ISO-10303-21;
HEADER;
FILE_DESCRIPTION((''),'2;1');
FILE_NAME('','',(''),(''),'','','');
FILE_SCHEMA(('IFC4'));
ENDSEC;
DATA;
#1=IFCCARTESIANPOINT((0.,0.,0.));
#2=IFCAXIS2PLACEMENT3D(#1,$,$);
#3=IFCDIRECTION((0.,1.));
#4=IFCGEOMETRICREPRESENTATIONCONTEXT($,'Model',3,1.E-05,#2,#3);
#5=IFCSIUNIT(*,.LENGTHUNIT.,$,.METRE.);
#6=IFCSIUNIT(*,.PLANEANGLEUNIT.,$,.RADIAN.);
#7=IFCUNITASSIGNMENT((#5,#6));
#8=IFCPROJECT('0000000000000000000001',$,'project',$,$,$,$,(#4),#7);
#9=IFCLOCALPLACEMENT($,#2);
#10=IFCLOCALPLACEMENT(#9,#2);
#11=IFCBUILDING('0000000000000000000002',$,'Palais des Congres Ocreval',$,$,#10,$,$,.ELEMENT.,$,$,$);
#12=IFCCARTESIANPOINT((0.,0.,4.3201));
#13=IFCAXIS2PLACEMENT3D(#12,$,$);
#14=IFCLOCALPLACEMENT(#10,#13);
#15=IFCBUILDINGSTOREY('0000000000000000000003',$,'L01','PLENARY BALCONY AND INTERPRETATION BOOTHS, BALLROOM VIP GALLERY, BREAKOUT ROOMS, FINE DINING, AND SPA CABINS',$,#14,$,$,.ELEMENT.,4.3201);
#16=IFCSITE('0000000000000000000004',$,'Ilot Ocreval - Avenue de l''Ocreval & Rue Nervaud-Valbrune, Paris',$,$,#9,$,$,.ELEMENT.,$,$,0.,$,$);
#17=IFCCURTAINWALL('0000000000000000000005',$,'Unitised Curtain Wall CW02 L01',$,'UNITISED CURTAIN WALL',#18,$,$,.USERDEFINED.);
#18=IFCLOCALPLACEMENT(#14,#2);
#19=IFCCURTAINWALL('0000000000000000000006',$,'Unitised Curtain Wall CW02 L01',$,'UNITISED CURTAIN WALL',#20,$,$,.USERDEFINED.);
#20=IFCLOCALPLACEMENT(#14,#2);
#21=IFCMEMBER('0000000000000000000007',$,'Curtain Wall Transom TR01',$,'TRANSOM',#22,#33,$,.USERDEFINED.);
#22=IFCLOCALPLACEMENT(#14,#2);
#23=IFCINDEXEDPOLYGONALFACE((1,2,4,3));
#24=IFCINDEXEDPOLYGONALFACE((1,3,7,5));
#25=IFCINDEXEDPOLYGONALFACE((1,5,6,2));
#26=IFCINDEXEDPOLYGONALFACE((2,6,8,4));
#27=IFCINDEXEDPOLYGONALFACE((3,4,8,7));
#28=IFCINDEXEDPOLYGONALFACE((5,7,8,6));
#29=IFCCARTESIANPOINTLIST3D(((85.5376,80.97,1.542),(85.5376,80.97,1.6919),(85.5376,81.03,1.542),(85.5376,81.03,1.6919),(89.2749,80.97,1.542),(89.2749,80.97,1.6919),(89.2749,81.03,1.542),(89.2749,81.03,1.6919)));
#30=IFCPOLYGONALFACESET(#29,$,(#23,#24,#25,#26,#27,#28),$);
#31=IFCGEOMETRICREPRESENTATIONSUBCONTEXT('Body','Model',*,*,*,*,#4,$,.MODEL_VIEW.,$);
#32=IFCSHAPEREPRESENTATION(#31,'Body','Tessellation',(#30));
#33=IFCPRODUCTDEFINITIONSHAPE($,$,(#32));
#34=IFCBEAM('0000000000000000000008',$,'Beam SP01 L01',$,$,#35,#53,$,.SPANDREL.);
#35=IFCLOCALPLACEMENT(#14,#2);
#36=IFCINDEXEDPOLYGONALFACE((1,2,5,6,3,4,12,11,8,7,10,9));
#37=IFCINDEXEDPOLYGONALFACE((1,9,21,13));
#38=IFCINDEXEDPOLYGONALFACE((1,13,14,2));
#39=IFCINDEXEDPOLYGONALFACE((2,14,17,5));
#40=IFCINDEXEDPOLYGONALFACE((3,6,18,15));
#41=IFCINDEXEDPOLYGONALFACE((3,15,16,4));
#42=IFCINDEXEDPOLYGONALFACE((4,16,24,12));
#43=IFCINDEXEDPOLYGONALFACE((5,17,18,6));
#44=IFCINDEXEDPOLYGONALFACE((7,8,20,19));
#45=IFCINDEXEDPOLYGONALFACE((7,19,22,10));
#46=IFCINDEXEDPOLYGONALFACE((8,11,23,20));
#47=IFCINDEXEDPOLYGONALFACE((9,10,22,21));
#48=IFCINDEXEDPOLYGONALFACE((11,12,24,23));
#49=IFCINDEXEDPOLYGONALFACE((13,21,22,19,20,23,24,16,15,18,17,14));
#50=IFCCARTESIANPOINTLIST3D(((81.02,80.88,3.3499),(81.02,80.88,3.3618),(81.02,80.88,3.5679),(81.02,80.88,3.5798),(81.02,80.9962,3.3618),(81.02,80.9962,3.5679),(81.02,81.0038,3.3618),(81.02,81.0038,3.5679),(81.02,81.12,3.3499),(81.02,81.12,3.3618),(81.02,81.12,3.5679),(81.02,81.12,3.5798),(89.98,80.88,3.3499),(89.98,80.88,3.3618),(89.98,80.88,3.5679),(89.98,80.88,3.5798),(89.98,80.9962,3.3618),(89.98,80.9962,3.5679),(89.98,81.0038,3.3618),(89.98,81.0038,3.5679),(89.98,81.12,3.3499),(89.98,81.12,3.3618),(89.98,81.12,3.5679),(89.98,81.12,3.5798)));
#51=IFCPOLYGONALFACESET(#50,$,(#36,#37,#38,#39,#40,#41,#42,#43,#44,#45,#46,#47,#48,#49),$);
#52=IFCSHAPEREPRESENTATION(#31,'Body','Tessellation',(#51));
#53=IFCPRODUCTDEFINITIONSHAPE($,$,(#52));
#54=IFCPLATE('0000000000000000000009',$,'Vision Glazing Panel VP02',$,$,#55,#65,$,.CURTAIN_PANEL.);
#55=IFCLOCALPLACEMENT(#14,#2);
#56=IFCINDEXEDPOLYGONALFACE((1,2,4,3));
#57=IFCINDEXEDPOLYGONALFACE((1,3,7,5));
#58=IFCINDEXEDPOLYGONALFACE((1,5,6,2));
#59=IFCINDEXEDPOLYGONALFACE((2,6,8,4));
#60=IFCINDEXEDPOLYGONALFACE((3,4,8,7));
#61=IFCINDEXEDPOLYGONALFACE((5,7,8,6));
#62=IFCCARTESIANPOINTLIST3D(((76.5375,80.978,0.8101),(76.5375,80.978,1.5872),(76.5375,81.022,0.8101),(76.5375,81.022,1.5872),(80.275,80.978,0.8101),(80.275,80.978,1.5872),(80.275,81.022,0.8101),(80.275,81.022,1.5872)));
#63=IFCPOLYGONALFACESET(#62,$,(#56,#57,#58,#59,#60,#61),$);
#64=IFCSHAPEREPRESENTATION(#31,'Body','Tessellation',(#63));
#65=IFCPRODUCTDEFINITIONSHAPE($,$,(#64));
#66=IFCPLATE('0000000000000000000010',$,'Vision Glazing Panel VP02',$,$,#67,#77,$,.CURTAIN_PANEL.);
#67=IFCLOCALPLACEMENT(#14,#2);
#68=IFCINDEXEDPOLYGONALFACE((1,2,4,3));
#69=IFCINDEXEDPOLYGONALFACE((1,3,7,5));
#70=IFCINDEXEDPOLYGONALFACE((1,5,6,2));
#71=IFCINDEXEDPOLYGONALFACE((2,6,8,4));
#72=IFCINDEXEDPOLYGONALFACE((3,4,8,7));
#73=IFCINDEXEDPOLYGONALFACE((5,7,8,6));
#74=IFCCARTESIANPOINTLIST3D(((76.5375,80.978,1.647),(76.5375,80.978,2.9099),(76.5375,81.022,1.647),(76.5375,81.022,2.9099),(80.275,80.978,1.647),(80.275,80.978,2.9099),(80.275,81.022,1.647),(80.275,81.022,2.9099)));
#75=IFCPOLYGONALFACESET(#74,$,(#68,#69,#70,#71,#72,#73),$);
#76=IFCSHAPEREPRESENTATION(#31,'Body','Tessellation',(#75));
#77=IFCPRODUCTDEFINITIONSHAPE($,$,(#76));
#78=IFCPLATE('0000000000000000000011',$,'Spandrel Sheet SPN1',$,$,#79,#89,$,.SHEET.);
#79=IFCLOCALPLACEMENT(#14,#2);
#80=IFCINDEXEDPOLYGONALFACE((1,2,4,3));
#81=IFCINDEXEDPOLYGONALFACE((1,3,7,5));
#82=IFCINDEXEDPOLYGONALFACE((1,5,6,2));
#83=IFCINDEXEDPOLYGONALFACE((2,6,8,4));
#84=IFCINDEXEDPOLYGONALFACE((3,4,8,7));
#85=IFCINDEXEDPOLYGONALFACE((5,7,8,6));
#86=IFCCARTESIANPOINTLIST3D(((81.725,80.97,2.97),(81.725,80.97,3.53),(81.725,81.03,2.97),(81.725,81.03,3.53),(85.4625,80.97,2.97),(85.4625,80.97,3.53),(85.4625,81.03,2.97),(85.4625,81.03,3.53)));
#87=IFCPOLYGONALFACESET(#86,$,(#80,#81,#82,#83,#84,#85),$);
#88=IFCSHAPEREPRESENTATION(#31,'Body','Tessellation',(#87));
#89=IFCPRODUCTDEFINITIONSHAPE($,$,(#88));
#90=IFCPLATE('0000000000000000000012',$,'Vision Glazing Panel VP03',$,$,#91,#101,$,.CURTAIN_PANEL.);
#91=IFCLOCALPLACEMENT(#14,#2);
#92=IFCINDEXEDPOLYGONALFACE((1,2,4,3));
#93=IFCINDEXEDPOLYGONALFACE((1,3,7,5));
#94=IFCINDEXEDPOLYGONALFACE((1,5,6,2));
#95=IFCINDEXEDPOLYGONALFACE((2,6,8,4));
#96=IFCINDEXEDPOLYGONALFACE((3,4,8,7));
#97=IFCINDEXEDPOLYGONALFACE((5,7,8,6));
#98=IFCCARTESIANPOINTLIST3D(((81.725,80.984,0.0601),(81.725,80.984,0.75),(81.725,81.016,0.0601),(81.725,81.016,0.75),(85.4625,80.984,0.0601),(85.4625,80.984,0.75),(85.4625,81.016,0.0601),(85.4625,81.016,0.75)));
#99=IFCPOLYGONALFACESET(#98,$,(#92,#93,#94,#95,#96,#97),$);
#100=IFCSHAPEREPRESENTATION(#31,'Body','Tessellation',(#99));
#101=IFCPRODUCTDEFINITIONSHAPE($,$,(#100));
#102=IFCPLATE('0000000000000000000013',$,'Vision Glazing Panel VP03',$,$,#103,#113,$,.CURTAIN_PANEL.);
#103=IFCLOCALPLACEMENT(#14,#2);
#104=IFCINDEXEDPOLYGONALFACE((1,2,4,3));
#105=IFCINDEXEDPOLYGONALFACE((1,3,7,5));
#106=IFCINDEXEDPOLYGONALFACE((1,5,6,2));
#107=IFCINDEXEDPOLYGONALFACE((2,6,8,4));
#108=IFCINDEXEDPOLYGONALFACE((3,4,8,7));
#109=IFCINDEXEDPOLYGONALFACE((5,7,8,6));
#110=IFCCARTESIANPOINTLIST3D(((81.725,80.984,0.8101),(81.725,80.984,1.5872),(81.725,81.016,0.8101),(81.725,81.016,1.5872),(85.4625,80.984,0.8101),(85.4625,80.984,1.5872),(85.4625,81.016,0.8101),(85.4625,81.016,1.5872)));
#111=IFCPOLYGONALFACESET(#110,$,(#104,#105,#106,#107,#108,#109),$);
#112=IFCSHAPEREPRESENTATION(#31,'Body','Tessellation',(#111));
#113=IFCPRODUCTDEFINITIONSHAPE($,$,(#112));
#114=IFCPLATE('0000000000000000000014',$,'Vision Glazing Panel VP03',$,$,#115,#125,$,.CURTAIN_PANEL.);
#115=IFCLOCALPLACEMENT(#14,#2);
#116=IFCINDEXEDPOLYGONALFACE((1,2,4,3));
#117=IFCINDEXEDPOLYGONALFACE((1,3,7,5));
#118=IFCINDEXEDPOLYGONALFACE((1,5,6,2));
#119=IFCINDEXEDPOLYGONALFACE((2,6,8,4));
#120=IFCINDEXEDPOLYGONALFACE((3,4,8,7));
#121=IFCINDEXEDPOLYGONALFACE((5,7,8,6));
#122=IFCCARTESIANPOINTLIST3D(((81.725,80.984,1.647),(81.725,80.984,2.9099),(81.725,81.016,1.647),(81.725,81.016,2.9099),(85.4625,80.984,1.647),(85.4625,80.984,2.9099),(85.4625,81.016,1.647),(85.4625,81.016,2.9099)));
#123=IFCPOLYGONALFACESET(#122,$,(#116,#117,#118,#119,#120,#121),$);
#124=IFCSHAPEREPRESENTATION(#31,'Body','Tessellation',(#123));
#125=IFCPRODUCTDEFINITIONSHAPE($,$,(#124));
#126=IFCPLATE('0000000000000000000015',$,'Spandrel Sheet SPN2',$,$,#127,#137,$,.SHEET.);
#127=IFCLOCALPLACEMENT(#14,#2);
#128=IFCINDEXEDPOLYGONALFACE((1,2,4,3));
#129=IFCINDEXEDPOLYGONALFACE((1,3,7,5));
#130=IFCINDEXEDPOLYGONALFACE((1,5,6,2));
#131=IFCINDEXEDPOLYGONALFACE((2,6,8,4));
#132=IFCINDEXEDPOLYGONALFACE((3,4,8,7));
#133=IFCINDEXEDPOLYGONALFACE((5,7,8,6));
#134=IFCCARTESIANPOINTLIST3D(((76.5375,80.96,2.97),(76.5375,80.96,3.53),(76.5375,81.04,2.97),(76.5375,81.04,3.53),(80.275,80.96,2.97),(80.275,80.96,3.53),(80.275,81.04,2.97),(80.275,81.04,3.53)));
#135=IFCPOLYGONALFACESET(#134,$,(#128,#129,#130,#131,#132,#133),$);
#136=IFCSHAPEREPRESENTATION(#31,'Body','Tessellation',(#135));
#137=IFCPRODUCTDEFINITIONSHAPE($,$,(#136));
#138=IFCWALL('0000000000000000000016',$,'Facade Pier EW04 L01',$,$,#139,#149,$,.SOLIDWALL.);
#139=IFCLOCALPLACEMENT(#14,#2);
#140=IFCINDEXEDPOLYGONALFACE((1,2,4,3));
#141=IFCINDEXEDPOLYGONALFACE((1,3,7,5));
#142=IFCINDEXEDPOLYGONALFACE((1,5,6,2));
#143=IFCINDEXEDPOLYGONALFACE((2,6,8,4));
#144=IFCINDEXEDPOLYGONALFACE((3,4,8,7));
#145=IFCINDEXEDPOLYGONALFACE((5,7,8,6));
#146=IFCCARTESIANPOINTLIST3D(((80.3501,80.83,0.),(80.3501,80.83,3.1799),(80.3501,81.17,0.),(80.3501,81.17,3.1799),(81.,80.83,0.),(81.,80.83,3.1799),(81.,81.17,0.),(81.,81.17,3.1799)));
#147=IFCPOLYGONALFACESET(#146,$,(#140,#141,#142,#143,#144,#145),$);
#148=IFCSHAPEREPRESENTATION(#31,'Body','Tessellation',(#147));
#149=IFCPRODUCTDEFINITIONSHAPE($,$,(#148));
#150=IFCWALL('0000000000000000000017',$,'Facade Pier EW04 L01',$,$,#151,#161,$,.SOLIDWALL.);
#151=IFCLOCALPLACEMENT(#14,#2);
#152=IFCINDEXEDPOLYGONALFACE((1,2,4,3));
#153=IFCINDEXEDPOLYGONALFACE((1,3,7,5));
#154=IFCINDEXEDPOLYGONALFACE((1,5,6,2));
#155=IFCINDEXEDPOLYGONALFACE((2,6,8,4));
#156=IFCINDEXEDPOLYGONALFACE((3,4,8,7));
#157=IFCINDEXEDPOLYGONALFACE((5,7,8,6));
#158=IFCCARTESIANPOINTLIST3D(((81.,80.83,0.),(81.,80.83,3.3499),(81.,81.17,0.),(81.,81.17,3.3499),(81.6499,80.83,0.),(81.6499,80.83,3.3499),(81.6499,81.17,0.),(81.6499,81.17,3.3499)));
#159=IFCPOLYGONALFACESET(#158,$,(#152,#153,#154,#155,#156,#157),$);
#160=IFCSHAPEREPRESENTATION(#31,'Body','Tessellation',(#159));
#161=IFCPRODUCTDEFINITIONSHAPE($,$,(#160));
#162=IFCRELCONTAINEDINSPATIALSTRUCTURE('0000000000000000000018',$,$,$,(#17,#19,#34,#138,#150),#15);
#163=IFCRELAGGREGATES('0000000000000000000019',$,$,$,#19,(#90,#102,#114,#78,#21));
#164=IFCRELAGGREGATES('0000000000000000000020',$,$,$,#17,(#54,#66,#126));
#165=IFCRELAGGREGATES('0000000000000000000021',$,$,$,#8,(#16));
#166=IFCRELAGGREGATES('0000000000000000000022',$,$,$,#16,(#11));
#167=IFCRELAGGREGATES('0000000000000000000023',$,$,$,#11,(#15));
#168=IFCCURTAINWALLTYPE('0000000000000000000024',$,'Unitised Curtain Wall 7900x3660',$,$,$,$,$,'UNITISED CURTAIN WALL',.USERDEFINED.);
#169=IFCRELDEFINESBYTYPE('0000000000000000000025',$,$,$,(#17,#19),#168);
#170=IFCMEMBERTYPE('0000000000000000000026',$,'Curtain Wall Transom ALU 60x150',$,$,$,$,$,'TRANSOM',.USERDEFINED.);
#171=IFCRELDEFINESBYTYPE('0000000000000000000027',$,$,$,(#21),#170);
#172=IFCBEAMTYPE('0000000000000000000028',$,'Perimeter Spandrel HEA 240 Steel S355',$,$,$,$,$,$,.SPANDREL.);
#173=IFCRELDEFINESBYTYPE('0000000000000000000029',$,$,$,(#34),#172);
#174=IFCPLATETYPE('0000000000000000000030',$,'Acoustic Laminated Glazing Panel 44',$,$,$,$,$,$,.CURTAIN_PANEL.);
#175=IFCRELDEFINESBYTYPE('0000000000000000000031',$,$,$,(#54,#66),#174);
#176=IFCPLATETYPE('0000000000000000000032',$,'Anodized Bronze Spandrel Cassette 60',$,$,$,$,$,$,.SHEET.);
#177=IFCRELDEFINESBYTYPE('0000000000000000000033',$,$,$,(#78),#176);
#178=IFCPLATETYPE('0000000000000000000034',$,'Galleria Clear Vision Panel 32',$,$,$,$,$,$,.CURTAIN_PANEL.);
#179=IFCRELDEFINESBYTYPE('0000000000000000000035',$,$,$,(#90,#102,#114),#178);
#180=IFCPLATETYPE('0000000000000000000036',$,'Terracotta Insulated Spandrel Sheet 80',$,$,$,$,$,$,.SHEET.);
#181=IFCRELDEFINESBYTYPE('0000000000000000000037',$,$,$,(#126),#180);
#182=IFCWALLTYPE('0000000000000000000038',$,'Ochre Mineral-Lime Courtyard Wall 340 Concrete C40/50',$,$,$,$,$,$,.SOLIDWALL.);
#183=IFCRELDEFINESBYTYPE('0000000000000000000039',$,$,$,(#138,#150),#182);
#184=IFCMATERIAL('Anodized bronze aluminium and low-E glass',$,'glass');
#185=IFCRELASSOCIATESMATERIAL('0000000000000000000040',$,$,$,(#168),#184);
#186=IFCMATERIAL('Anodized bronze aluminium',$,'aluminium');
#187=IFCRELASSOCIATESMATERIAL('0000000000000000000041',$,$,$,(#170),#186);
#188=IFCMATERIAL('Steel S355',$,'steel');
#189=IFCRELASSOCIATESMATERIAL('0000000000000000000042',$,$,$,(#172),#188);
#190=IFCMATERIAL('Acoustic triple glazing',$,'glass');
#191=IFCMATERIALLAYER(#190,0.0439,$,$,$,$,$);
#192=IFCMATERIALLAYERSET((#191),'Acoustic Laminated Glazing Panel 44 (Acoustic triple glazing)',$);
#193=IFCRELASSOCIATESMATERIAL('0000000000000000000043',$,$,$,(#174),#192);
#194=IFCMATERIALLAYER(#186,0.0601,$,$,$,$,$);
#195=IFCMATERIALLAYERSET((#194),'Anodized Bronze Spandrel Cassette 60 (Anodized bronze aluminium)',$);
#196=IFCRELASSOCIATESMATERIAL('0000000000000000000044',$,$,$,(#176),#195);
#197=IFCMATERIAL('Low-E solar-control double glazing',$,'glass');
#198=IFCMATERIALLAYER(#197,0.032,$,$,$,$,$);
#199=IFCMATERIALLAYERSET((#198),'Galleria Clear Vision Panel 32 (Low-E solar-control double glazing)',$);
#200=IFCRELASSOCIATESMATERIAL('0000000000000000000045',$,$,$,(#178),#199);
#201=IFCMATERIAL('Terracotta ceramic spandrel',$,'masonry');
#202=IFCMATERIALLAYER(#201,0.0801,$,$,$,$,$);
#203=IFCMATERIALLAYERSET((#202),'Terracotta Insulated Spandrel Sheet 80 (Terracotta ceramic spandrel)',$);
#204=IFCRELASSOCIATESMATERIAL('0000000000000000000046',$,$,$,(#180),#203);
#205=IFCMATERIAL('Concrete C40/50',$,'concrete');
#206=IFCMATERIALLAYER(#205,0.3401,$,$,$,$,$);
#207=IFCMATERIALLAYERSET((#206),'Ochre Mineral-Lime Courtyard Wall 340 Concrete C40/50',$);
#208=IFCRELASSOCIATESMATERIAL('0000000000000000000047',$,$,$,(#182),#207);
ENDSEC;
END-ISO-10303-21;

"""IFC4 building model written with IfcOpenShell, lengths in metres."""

from ifc_helpers import new_model, si_unit, direction, frame, frame_2d, origin, origin_2d, place, context, subcontext, project, spatial, rectangle, i_section, extrude, material, layer, layer_set, material_profile, profile_set, type_object, element, aggregate, save


model = new_model("IFC4")

# Units and contexts
model_context = context("Model", 3, precision=1e-05, world=origin(), true_north=direction((0.0, 1.0)))
body_context = subcontext(model_context, "Body", "Model", "MODEL_VIEW")
ifc_project = project(units=[si_unit("LENGTHUNIT", "METRE"), si_unit("PLANEANGLEUNIT", "RADIAN")], contexts=[model_context])

# Site, building, storey
site_placement = place(None, origin())
site = spatial("IfcSite", under=ifc_project, at=site_placement, Name="Ilot Ocreval - Avenue de l'Ocreval & Rue Nervaud-Valbrune, Paris", CompositionType="ELEMENT", RefElevation=0.0)
building_placement = place(site_placement, origin())
building = spatial("IfcBuilding", under=site, at=building_placement, Name="Palais des Congres Ocreval", CompositionType="ELEMENT")
storey_placement = place(building_placement, frame((0.0, 0.0, 4.3201)))
storey = spatial("IfcBuildingStorey", under=building, at=storey_placement, Name="L01", Description="PLENARY BALCONY AND INTERPRETATION BOOTHS, BALLROOM VIP GALLERY, BREAKOUT ROOMS, FINE DINING, AND SPA CABINS", CompositionType="ELEMENT", Elevation=4.3201)

# Shared definitions
ifc_material_1 = material(Name="Steel S355", Category="steel")

# Curtain wall
ifc_material_2 = material(Name="Anodized bronze aluminium and low-E glass", Category="glass")
curtain_wall_type = type_object("IfcCurtainWallType", Name="Unitised Curtain Wall 7900x3660", ElementType="UNITISED CURTAIN WALL", PredefinedType="USERDEFINED", material=ifc_material_2)
curtain_wall_1_placement = place(storey_placement, origin())
curtain_wall_1 = element("IfcCurtainWall", 1, at=curtain_wall_1_placement, inside=storey, type_object=curtain_wall_type, Name="Unitised Curtain Wall CW02 L01", ObjectType="UNITISED CURTAIN WALL", PredefinedType="USERDEFINED")
ifc_material_3 = material(Name="Anodized bronze aluminium", Category="aluminium")

# Curtain wall, member
curtain_wall_2_placement = place(storey_placement, origin())
curtain_wall_2 = element("IfcCurtainWall", 2, at=curtain_wall_2_placement, inside=storey, type_object=curtain_wall_type, Name="Unitised Curtain Wall CW02 L01", ObjectType="UNITISED CURTAIN WALL", PredefinedType="USERDEFINED")
ifc_material_profile_1 = material_profile(ifc_material_3, rectangle(XDim=0.0601, YDim=0.1499, at=origin_2d()), Name="ALU 60x150")
ifc_profile_set_1 = profile_set([ifc_material_profile_1], Name="Anodized bronze aluminium")
member_type_1 = type_object("IfcMemberType", Name="Curtain Wall Transom ALU 60x150", ElementType="TRANSOM", PredefinedType="USERDEFINED", material=ifc_profile_set_1)
member_1_placement = place(storey_placement, frame((85.5376, 81.0, 1.6169), z_axis=(1.0, 0.0, 0.0), x_axis=(0.0, 1.0, 0.0)))
member_1 = element("IfcMember", 3, at=member_1_placement, type_object=member_type_1, Name="Curtain Wall Transom TR01", ObjectType="TRANSOM", PredefinedType="USERDEFINED", context=body_context, shape_type="SweptSolid", body=[
    extrude(rectangle(XDim=0.0601, YDim=0.1499, at=origin_2d()), origin(), (0.0, 0.0, 1.0), 3.7373),
])

# Beam
ifc_material_profile_2 = material_profile(ifc_material_1, i_section(OverallWidth=0.24, OverallDepth=0.23, WebThickness=0.0076, FlangeThickness=0.012, at=origin_2d()), Name="HEA 240")
ifc_profile_set_2 = profile_set([ifc_material_profile_2], Name="Steel S355")
beam_type = type_object("IfcBeamType", Name="Perimeter Spandrel HEA 240 Steel S355", PredefinedType="SPANDREL", material=ifc_profile_set_2)
beam_placement = place(storey_placement, frame((81.02, 81.0, 3.4648), z_axis=(1.0, 0.0, 0.0), x_axis=(0.0, 1.0, 0.0)))
element("IfcBeam", 4, at=beam_placement, inside=storey, type_object=beam_type, Name="Beam SP01 L01", PredefinedType="SPANDREL", context=body_context, shape_type="SweptSolid", body=[
    extrude(i_section(OverallWidth=0.24, OverallDepth=0.23, WebThickness=0.0076, FlangeThickness=0.012, at=origin_2d()), origin(), (0.0, 0.0, 1.0), 8.96),
])

# Plates
ifc_material_4 = material(Name="Acoustic triple glazing", Category="glass")
ifc_layer_1 = layer(ifc_material_4, 0.0439)
ifc_layer_set_1 = layer_set([ifc_layer_1], Name="Acoustic Laminated Glazing Panel 44 (Acoustic triple glazing)")
plate_type_1 = type_object("IfcPlateType", Name="Acoustic Laminated Glazing Panel 44", PredefinedType="CURTAIN_PANEL", material=ifc_layer_set_1)
plate_1_placement = place(storey_placement, frame((78.4062, 81.0, 0.8101), z_axis=(0.0, 0.0, 1.0), x_axis=(1.0, 0.0, 0.0)))
plate_1 = element("IfcPlate", 5, at=plate_1_placement, type_object=plate_type_1, Name="Vision Glazing Panel VP02", PredefinedType="CURTAIN_PANEL", context=body_context, shape_type="SweptSolid", body=[
    extrude(rectangle(XDim=3.7375, YDim=0.0439, at=origin_2d()), origin(), (0.0, 0.0, 1.0), 0.7771),
])
plate_2_placement = place(storey_placement, frame((78.4062, 81.0, 1.647), z_axis=(0.0, 0.0, 1.0), x_axis=(1.0, 0.0, 0.0)))
plate_2 = element("IfcPlate", 6, at=plate_2_placement, type_object=plate_type_1, Name="Vision Glazing Panel VP02", PredefinedType="CURTAIN_PANEL", context=body_context, shape_type="SweptSolid", body=[
    extrude(rectangle(XDim=3.7375, YDim=0.0439, at=origin_2d()), origin(), (0.0, 0.0, 1.0), 1.2629),
])
ifc_layer_2 = layer(ifc_material_3, 0.0601)
ifc_layer_set_2 = layer_set([ifc_layer_2], Name="Anodized Bronze Spandrel Cassette 60 (Anodized bronze aluminium)")
plate_type_2 = type_object("IfcPlateType", Name="Anodized Bronze Spandrel Cassette 60", PredefinedType="SHEET", material=ifc_layer_set_2)
plate_3_placement = place(storey_placement, frame((83.5938, 81.0, 2.97), z_axis=(0.0, 0.0, 1.0), x_axis=(1.0, 0.0, 0.0)))
plate_3 = element("IfcPlate", 7, at=plate_3_placement, type_object=plate_type_2, Name="Spandrel Sheet SPN1", PredefinedType="SHEET", context=body_context, shape_type="SweptSolid", body=[
    extrude(rectangle(XDim=3.7375, YDim=0.0601, at=origin_2d()), origin(), (0.0, 0.0, 1.0), 0.5601),
])
ifc_material_5 = material(Name="Low-E solar-control double glazing", Category="glass")
ifc_layer_3 = layer(ifc_material_5, 0.032)
ifc_layer_set_3 = layer_set([ifc_layer_3], Name="Galleria Clear Vision Panel 32 (Low-E solar-control double glazing)")
plate_type_3 = type_object("IfcPlateType", Name="Galleria Clear Vision Panel 32", PredefinedType="CURTAIN_PANEL", material=ifc_layer_set_3)
plate_4_placement = place(storey_placement, frame((83.5938, 81.0, 0.0601), z_axis=(0.0, 0.0, 1.0), x_axis=(1.0, 0.0, 0.0)))
plate_4 = element("IfcPlate", 8, at=plate_4_placement, type_object=plate_type_3, Name="Vision Glazing Panel VP03", PredefinedType="CURTAIN_PANEL", context=body_context, shape_type="SweptSolid", body=[
    extrude(rectangle(XDim=3.7375, YDim=0.032, at=origin_2d()), origin(), (0.0, 0.0, 1.0), 0.6899),
])
plate_5_placement = place(storey_placement, frame((83.5938, 81.0, 0.8101), z_axis=(0.0, 0.0, 1.0), x_axis=(1.0, 0.0, 0.0)))
plate_5 = element("IfcPlate", 9, at=plate_5_placement, type_object=plate_type_3, Name="Vision Glazing Panel VP03", PredefinedType="CURTAIN_PANEL", context=body_context, shape_type="SweptSolid", body=[
    extrude(rectangle(XDim=3.7375, YDim=0.032, at=origin_2d()), origin(), (0.0, 0.0, 1.0), 0.7771),
])
plate_6_placement = place(storey_placement, frame((83.5938, 81.0, 1.647), z_axis=(0.0, 0.0, 1.0), x_axis=(1.0, 0.0, 0.0)))
plate_6 = element("IfcPlate", 10, at=plate_6_placement, type_object=plate_type_3, Name="Vision Glazing Panel VP03", PredefinedType="CURTAIN_PANEL", context=body_context, shape_type="SweptSolid", body=[
    extrude(rectangle(XDim=3.7375, YDim=0.032, at=origin_2d()), origin(), (0.0, 0.0, 1.0), 1.2629),
])
aggregate(curtain_wall_2, [plate_4, plate_5, plate_6, plate_3, member_1])
ifc_material_6 = material(Name="Terracotta ceramic spandrel", Category="masonry")
ifc_layer_4 = layer(ifc_material_6, 0.0801)
ifc_layer_set_4 = layer_set([ifc_layer_4], Name="Terracotta Insulated Spandrel Sheet 80 (Terracotta ceramic spandrel)")
plate_type_4 = type_object("IfcPlateType", Name="Terracotta Insulated Spandrel Sheet 80", PredefinedType="SHEET", material=ifc_layer_set_4)
plate_7_placement = place(storey_placement, frame((78.4062, 81.0, 2.97), z_axis=(0.0, 0.0, 1.0), x_axis=(1.0, 0.0, 0.0)))
plate_7 = element("IfcPlate", 11, at=plate_7_placement, type_object=plate_type_4, Name="Spandrel Sheet SPN2", PredefinedType="SHEET", context=body_context, shape_type="SweptSolid", body=[
    extrude(rectangle(XDim=3.7375, YDim=0.0801, at=origin_2d()), origin(), (0.0, 0.0, 1.0), 0.5601),
])
aggregate(curtain_wall_1, [plate_1, plate_2, plate_7])

# Walls
ifc_material_7 = material(Name="Concrete C40/50", Category="concrete")
ifc_layer_5 = layer(ifc_material_7, 0.3401)
ifc_layer_set_5 = layer_set([ifc_layer_5], Name="Ochre Mineral-Lime Courtyard Wall 340 Concrete C40/50")
wall_type = type_object("IfcWallType", Name="Ochre Mineral-Lime Courtyard Wall 340 Concrete C40/50", PredefinedType="SOLIDWALL", material=ifc_layer_set_5)
wall_1_placement = place(storey_placement, frame((80.3501, 81.0, 0.0), z_axis=(0.0, 0.0, 1.0), x_axis=(1.0, 0.0, 0.0)))
element("IfcWall", 12, at=wall_1_placement, inside=storey, type_object=wall_type, Name="Facade Pier EW04 L01", PredefinedType="SOLIDWALL", context=body_context, shape_type="SweptSolid", body=[
    extrude(rectangle(XDim=0.6499, YDim=0.3401, at=frame_2d((0.325, 0.0))), origin(), (0.0, 0.0, 1.0), 3.1799),
])
wall_2_placement = place(storey_placement, frame((81.0, 81.0, 0.0), z_axis=(0.0, 0.0, 1.0), x_axis=(1.0, 0.0, 0.0)))
element("IfcWall", 13, at=wall_2_placement, inside=storey, type_object=wall_type, Name="Facade Pier EW04 L01", PredefinedType="SOLIDWALL", context=body_context, shape_type="SweptSolid", body=[
    extrude(rectangle(XDim=0.6499, YDim=0.3401, at=frame_2d((0.325, 0.0))), origin(), (0.0, 0.0, 1.0), 3.3499),
])

save(model, "model.ifc")
